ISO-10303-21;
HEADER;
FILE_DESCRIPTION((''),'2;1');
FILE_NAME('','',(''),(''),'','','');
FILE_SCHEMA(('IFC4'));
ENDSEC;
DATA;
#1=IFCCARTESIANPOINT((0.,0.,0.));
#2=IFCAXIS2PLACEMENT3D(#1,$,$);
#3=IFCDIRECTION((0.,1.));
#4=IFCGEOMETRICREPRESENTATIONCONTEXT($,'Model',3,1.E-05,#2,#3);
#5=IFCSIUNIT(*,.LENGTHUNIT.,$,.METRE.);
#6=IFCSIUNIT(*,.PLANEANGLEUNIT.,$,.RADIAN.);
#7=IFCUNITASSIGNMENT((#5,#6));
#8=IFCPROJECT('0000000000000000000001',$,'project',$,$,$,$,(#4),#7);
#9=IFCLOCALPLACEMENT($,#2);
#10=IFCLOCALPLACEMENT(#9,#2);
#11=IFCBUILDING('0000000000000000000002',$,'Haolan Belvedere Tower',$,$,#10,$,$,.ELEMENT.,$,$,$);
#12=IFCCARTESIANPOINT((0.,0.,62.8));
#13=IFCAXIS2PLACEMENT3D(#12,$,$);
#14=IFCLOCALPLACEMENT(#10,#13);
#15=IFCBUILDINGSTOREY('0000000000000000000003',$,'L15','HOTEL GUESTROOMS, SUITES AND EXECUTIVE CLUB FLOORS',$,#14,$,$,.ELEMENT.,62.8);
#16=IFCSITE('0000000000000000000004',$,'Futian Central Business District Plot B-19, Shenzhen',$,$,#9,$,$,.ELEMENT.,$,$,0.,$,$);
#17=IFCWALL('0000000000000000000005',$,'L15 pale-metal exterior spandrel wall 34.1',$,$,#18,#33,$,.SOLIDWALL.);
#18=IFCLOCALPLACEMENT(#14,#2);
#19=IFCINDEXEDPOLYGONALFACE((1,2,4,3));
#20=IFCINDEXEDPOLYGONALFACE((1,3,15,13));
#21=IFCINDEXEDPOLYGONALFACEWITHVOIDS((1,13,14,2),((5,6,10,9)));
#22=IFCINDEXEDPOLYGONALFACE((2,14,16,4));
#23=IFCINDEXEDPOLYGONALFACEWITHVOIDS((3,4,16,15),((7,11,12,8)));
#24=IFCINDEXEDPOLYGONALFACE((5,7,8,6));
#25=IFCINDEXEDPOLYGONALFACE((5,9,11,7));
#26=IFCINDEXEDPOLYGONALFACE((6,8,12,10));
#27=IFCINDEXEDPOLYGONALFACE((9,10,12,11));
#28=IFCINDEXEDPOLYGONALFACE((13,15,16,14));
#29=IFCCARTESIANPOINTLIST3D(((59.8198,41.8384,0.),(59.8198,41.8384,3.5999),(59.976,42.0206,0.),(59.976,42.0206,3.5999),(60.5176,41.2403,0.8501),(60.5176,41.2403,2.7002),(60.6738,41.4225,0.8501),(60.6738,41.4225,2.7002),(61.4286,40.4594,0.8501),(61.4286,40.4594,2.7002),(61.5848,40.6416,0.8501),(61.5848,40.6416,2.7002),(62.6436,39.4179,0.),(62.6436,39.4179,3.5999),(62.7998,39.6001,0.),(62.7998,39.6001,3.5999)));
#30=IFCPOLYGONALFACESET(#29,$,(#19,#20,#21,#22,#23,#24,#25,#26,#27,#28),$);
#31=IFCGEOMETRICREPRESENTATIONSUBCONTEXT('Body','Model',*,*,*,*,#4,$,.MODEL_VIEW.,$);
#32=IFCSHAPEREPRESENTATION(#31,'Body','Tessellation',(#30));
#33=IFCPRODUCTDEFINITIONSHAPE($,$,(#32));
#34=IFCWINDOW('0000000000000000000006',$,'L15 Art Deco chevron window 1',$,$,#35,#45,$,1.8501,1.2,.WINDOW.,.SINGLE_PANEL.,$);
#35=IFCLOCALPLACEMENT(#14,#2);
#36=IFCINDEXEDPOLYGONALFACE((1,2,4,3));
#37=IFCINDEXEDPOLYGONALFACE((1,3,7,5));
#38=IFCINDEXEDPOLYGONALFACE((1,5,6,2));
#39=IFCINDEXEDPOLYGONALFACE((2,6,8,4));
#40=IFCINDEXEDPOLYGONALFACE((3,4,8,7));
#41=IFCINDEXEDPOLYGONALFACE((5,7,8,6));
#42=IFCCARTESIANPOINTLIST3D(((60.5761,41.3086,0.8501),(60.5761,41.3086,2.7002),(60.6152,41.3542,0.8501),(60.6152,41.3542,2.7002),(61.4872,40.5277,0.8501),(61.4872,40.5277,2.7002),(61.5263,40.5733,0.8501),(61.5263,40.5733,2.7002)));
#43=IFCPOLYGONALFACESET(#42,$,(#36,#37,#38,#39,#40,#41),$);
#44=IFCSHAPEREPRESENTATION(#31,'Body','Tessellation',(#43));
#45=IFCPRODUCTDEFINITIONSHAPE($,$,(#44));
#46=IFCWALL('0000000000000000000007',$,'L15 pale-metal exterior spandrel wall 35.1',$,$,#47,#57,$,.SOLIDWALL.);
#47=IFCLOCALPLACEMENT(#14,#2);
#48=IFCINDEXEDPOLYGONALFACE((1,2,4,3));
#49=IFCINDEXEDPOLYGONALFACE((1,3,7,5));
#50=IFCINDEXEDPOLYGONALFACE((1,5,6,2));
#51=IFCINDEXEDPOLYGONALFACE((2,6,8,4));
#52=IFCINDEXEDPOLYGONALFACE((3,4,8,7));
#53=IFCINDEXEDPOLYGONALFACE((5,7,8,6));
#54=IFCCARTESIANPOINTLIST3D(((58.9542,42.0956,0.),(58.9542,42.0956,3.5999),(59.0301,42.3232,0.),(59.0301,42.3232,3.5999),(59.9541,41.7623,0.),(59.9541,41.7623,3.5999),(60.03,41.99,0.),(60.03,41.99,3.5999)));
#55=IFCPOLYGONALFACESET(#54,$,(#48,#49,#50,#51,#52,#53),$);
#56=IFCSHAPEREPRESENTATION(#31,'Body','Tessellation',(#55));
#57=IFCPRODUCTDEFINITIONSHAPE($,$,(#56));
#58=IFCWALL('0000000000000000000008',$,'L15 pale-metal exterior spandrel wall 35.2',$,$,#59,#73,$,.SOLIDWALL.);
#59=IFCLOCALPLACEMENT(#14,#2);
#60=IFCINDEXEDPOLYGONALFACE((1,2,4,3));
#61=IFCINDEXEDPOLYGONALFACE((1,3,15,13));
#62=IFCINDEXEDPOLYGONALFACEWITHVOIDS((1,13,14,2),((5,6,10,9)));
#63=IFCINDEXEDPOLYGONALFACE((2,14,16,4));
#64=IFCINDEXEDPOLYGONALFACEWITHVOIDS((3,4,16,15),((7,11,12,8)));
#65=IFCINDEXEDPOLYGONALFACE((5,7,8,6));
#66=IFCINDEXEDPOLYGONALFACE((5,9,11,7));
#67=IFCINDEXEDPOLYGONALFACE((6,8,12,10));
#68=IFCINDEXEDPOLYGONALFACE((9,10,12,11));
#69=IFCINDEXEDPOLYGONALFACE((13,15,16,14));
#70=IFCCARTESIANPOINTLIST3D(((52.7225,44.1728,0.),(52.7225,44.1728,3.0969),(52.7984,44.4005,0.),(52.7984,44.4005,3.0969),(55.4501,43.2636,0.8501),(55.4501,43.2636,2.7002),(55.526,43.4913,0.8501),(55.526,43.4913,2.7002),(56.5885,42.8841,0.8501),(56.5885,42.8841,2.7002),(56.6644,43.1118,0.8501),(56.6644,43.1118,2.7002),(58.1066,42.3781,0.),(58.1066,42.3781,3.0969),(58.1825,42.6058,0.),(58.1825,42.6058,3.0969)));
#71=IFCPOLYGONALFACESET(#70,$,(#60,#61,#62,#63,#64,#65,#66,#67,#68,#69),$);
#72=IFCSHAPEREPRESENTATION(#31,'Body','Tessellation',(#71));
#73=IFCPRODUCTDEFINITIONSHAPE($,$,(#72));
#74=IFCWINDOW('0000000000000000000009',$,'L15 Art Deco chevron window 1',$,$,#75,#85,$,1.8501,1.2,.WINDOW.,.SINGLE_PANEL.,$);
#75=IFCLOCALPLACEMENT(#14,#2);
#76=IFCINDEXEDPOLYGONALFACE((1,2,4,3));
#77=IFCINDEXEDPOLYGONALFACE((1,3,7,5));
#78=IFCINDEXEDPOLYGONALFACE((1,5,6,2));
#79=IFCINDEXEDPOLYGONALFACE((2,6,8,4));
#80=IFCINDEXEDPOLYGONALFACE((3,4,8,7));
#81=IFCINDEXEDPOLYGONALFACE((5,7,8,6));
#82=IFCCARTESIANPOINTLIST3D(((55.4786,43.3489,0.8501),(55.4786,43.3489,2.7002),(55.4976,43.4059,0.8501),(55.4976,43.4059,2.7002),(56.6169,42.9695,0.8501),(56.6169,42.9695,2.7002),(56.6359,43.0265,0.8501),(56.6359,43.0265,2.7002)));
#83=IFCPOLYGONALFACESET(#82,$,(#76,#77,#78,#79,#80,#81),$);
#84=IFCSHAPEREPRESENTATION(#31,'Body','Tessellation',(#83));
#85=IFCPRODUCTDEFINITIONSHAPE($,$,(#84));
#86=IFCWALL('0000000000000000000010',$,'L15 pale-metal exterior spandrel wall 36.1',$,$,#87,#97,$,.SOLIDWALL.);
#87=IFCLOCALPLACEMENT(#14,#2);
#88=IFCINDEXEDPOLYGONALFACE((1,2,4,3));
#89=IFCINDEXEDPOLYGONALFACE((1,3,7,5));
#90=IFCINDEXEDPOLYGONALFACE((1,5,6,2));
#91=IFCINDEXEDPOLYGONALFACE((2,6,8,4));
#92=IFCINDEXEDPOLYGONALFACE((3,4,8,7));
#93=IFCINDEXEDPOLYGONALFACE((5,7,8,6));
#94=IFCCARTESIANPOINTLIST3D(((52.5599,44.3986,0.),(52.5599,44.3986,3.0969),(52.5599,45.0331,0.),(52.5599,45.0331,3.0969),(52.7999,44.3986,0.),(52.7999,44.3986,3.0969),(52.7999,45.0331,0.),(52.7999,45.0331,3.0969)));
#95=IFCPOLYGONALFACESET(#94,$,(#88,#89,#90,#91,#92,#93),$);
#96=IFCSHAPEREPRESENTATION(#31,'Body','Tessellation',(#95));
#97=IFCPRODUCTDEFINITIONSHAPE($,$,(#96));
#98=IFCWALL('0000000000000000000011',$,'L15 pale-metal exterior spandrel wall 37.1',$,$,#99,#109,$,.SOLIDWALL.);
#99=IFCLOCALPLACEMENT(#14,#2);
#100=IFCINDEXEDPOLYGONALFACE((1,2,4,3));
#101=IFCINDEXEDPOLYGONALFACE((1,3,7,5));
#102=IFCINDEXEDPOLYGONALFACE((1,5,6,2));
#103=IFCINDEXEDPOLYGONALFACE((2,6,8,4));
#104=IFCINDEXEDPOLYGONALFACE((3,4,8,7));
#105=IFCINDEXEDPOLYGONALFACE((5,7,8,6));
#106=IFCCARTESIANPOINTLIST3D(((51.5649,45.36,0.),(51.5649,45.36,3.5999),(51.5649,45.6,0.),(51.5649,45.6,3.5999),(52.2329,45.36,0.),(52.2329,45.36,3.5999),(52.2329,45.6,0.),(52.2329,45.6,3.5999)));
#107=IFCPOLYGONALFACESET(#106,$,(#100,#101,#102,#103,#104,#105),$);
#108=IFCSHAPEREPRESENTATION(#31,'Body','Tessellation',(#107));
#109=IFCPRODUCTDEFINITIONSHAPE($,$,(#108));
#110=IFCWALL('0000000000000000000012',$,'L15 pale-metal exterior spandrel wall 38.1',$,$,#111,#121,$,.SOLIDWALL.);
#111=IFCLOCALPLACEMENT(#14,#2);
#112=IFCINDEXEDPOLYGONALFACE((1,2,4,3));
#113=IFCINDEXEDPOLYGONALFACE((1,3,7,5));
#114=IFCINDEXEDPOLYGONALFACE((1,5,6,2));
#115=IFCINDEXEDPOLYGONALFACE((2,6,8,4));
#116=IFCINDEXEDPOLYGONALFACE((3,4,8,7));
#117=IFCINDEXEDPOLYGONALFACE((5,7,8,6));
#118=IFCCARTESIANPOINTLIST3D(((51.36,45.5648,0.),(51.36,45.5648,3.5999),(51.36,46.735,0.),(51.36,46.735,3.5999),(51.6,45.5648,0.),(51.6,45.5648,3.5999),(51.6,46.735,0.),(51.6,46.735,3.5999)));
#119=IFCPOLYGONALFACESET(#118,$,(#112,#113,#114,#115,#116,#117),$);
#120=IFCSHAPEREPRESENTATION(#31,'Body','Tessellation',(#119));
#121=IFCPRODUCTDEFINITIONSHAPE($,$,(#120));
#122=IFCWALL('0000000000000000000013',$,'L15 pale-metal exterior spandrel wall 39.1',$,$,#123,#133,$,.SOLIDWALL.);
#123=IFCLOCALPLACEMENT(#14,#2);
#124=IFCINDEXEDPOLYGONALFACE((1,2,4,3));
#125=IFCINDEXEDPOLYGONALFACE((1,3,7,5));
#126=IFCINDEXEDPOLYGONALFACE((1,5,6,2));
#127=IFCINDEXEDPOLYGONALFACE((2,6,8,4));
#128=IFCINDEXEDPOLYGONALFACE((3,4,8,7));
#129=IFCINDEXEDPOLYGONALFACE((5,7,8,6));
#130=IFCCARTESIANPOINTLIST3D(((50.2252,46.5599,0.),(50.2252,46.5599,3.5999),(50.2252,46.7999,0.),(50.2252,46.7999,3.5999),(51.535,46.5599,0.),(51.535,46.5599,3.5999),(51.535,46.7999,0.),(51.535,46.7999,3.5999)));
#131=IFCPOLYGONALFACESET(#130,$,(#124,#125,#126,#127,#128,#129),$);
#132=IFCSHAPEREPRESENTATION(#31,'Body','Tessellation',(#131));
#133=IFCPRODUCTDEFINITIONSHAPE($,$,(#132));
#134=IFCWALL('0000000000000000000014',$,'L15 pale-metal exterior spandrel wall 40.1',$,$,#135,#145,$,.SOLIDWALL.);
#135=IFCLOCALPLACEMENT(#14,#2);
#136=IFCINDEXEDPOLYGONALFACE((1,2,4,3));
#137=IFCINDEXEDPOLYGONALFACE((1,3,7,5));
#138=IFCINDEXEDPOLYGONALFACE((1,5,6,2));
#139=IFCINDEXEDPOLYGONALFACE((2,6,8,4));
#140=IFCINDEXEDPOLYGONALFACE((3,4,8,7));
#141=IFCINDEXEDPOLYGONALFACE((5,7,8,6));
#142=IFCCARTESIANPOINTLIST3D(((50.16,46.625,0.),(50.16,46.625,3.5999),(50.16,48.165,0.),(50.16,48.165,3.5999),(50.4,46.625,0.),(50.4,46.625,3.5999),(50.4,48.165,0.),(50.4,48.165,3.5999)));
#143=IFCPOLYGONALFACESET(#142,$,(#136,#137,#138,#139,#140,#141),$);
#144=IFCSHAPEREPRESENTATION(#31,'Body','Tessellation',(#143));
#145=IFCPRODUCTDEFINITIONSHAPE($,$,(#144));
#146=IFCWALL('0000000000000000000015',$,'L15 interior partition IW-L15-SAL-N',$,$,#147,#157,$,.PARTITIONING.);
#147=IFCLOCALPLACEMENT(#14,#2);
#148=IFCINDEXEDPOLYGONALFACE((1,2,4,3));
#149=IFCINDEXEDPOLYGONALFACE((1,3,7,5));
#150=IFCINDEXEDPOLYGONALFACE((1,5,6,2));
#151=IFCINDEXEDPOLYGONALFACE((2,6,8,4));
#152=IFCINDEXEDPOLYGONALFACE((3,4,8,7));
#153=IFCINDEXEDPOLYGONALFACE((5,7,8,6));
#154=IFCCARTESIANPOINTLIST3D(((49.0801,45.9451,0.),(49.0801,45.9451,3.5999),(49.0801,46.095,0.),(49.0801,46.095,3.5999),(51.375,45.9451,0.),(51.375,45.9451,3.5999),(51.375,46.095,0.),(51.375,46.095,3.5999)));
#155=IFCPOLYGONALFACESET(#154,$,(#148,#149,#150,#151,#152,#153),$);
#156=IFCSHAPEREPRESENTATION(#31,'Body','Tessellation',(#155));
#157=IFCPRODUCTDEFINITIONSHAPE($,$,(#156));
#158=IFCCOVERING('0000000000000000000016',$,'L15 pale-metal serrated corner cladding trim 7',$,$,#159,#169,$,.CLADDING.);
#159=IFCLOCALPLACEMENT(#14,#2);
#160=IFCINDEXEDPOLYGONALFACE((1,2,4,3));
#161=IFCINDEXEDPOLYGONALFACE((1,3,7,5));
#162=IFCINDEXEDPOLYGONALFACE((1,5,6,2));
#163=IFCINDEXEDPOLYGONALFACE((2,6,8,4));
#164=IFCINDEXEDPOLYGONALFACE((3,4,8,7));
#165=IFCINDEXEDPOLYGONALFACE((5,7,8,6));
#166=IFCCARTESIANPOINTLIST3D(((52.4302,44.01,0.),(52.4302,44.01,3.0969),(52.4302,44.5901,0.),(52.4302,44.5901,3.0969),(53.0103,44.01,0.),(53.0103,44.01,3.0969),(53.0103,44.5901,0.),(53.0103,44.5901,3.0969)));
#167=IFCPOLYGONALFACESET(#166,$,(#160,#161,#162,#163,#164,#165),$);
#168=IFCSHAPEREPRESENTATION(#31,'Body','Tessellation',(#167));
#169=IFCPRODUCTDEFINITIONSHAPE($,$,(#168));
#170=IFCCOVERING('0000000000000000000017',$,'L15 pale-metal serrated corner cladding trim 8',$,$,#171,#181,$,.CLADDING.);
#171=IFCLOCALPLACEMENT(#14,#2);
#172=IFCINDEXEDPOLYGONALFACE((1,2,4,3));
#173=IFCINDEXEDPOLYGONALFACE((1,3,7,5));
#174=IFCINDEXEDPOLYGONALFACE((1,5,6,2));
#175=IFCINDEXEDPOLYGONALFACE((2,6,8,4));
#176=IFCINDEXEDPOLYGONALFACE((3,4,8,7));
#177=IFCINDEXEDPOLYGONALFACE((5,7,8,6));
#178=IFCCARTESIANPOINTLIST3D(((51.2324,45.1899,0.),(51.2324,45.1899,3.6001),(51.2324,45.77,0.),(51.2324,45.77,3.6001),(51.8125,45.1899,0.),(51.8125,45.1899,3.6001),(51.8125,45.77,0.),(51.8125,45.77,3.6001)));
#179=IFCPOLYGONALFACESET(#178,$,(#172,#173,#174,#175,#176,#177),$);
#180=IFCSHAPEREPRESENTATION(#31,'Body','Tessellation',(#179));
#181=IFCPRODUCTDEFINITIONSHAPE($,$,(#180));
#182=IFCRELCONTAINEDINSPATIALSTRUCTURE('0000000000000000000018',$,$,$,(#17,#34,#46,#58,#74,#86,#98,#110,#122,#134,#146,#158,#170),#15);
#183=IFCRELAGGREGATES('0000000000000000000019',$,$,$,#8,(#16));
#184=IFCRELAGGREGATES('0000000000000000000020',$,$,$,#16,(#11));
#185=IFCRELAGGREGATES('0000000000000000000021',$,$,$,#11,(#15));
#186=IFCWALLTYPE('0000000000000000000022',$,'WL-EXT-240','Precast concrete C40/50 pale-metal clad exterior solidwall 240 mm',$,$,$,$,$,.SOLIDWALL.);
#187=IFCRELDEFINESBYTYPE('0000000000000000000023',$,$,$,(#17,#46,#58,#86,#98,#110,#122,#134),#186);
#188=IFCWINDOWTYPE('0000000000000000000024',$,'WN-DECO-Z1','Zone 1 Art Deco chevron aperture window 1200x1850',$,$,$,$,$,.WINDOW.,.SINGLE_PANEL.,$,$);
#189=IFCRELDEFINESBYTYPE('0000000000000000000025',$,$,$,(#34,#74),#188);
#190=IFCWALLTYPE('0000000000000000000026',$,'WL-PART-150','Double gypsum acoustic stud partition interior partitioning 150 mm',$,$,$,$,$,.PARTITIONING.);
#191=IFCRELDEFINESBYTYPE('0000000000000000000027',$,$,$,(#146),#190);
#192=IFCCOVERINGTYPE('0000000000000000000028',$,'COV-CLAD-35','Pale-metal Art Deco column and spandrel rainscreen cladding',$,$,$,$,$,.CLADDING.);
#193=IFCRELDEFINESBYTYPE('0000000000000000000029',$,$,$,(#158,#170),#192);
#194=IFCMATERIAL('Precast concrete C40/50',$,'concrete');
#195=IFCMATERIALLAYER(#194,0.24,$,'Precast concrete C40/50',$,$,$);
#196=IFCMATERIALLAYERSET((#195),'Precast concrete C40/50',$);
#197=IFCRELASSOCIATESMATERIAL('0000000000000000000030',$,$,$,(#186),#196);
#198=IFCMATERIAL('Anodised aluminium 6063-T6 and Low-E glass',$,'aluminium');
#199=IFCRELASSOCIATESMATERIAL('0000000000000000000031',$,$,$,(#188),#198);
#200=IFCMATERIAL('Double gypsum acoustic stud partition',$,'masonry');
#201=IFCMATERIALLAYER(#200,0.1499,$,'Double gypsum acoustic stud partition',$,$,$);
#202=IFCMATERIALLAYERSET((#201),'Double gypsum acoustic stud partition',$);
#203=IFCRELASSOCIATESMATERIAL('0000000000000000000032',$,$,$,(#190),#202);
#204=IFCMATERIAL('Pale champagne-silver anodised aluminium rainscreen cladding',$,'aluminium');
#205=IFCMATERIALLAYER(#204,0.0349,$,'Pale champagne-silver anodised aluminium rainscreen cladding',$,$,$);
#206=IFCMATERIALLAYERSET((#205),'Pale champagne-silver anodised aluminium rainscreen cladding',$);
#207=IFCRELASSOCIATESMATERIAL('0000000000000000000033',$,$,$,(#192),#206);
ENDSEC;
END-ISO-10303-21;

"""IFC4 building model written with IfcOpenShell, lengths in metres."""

from ifc_helpers import new_model, si_unit, direction, frame, frame_2d, origin, origin_2d, place, context, subcontext, project, spatial, rectangle, extrude, material, layer, layer_set, type_object, element, fill, save


model = new_model("IFC4")

# Units and contexts
model_context = context("Model", 3, precision=1e-05, world=origin(), true_north=direction((0.0, 1.0)))
body_context = subcontext(model_context, "Body", "Model", "MODEL_VIEW")
ifc_project = project(units=[si_unit("LENGTHUNIT", "METRE"), si_unit("PLANEANGLEUNIT", "RADIAN")], contexts=[model_context])

# Site, building, storey
site_placement = place(None, origin())
site = spatial("IfcSite", under=ifc_project, at=site_placement, Name="Futian Central Business District Plot B-19, Shenzhen", CompositionType="ELEMENT", RefElevation=0.0)
building_placement = place(site_placement, origin())
building = spatial("IfcBuilding", under=site, at=building_placement, Name="Haolan Belvedere Tower", CompositionType="ELEMENT")
storey_placement = place(building_placement, frame((0.0, 0.0, 62.8)))
storey = spatial("IfcBuildingStorey", under=building, at=storey_placement, Name="L15", Description="HOTEL GUESTROOMS, SUITES AND EXECUTIVE CLUB FLOORS", CompositionType="ELEMENT", Elevation=62.8)

# Shared definitions
ifc_material_1 = material(Name="Precast concrete C40/50", Category="concrete")
ifc_layer_1 = layer(ifc_material_1, 0.24, Name="Precast concrete C40/50")
ifc_layer_set_1 = layer_set([ifc_layer_1], Name="Precast concrete C40/50")
wall_type_1 = type_object("IfcWallType", Name="WL-EXT-240", Description="Precast concrete C40/50 pale-metal clad exterior solidwall 240 mm", PredefinedType="SOLIDWALL", material=ifc_layer_set_1)

# Wall, opening, window
wall_1_placement = place(storey_placement, frame((62.7217, 39.509, 0.0), z_axis=(0.0, 0.0, 1.0), x_axis=(-0.759247, 0.650802, 0.0)))
wall_1 = element("IfcWall", 1, at=wall_1_placement, inside=storey, type_object=wall_type_1, Name="L15 pale-metal exterior spandrel wall 34.1", PredefinedType="SOLIDWALL", context=body_context, shape_type="SweptSolid", body=[
    extrude(rectangle(XDim=3.7192, YDim=0.24, at=frame_2d((1.8596, 0.0))), origin(), (0.0, 0.0, 1.0), 3.5999),
])
opening_1_placement = place(wall_1_placement, frame((1.6001, 0.0, 0.8501)))
opening_1 = element("IfcOpeningElement", 2, at=opening_1_placement, cuts=wall_1, PredefinedType="OPENING", context=body_context, shape_type="SweptSolid", body=[
    extrude(rectangle(XDim=1.2, YDim=1.8501, at=frame_2d((0.6001, 0.925))), frame((0.0, 0.1299, 0.0), z_axis=(0.0, -1.0, 0.0), x_axis=(1.0, 0.0, 0.0)), (0.0, 0.0, 1.0), 0.26),
])
ifc_material_2 = material(Name="Anodised aluminium 6063-T6 and Low-E glass", Category="aluminium")
window_type = type_object("IfcWindowType", Name="WN-DECO-Z1", Description="Zone 1 Art Deco chevron aperture window 1200x1850", PartitioningType="SINGLE_PANEL", PredefinedType="WINDOW", material=ifc_material_2)
window_1_placement = place(opening_1_placement, origin())
window_1 = element("IfcWindow", 3, at=window_1_placement, inside=storey, type_object=window_type, Name="L15 Art Deco chevron window 1", OverallHeight=1.8501, OverallWidth=1.2, PartitioningType="SINGLE_PANEL", PredefinedType="WINDOW", context=body_context, shape_type="SweptSolid", body=[
    extrude(rectangle(XDim=1.2, YDim=1.8501, at=frame_2d((0.6001, 0.925))), frame((0.0, 0.03, 0.0), z_axis=(0.0, -1.0, 0.0), x_axis=(1.0, 0.0, 0.0)), (0.0, 0.0, 1.0), 0.0601),
])
fill(opening_1, window_1)

# Wall
wall_2_placement = place(storey_placement, frame((59.9919, 41.8762, 0.0), z_axis=(0.0, 0.0, 1.0), x_axis=(-0.948706, 0.316158, 0.0)))
element("IfcWall", 4, at=wall_2_placement, inside=storey, type_object=wall_type_1, Name="L15 pale-metal exterior spandrel wall 35.1", PredefinedType="SOLIDWALL", context=body_context, shape_type="SweptSolid", body=[
    extrude(rectangle(XDim=1.054, YDim=0.24, at=frame_2d((0.5269, 0.0))), origin(), (0.0, 0.0, 1.0), 3.5999),
])

# Wall, opening, window
wall_3_placement = place(storey_placement, frame((58.1445, 42.4919, 0.0), z_axis=(0.0, 0.0, 1.0), x_axis=(-0.948683, 0.316228, 0.0)))
wall_3 = element("IfcWall", 5, at=wall_3_placement, inside=storey, type_object=wall_type_1, Name="L15 pale-metal exterior spandrel wall 35.2", PredefinedType="SOLIDWALL", context=body_context, shape_type="SweptSolid", body=[
    extrude(rectangle(XDim=5.6753, YDim=0.24, at=frame_2d((2.8376, 0.0))), origin(), (0.0, 0.0, 1.0), 3.0969),
])
opening_2_placement = place(wall_3_placement, frame((1.6001, 0.0, 0.8501)))
opening_2 = element("IfcOpeningElement", 6, at=opening_2_placement, cuts=wall_3, PredefinedType="OPENING", context=body_context, shape_type="SweptSolid", body=[
    extrude(rectangle(XDim=1.2, YDim=1.8501, at=frame_2d((0.6001, 0.925))), frame((0.0, 0.1299, 0.0), z_axis=(0.0, -1.0, 0.0), x_axis=(1.0, 0.0, 0.0)), (0.0, 0.0, 1.0), 0.26),
])
window_2_placement = place(opening_2_placement, origin())
window_2 = element("IfcWindow", 7, at=window_2_placement, inside=storey, type_object=window_type, Name="L15 Art Deco chevron window 1", OverallHeight=1.8501, OverallWidth=1.2, PartitioningType="SINGLE_PANEL", PredefinedType="WINDOW", context=body_context, shape_type="SweptSolid", body=[
    extrude(rectangle(XDim=1.2, YDim=1.8501, at=frame_2d((0.6001, 0.925))), frame((0.0, 0.03, 0.0), z_axis=(0.0, -1.0, 0.0), x_axis=(1.0, 0.0, 0.0)), (0.0, 0.0, 1.0), 0.0601),
])
fill(opening_2, window_2)

# Walls
wall_4_placement = place(storey_placement, frame((52.6799, 44.3984, 0.0), z_axis=(0.0, 0.0, 1.0), x_axis=(0.0, 1.0, 0.0)))
element("IfcWall", 8, at=wall_4_placement, inside=storey, type_object=wall_type_1, Name="L15 pale-metal exterior spandrel wall 36.1", PredefinedType="SOLIDWALL", context=body_context, shape_type="SweptSolid", body=[
    extrude(rectangle(XDim=0.6345, YDim=0.24, at=frame_2d((0.3174, 0.0))), origin(), (0.0, 0.0, 1.0), 3.0969),
])
wall_5_placement = place(storey_placement, frame((52.2329, 45.48, 0.0), z_axis=(0.0, 0.0, 1.0), x_axis=(-1.0, 0.0, 0.0)))
element("IfcWall", 9, at=wall_5_placement, inside=storey, type_object=wall_type_1, Name="L15 pale-metal exterior spandrel wall 37.1", PredefinedType="SOLIDWALL", context=body_context, shape_type="SweptSolid", body=[
    extrude(rectangle(XDim=0.668, YDim=0.24, at=frame_2d((0.334, 0.0))), origin(), (0.0, 0.0, 1.0), 3.5999),
])
wall_6_placement = place(storey_placement, frame((51.48, 45.5649, 0.0), z_axis=(0.0, 0.0, 1.0), x_axis=(0.0, 1.0, 0.0)))
element("IfcWall", 10, at=wall_6_placement, inside=storey, type_object=wall_type_1, Name="L15 pale-metal exterior spandrel wall 38.1", PredefinedType="SOLIDWALL", context=body_context, shape_type="SweptSolid", body=[
    extrude(rectangle(XDim=1.1702, YDim=0.24, at=frame_2d((0.585, 0.0))), origin(), (0.0, 0.0, 1.0), 3.5999),
])
wall_7_placement = place(storey_placement, frame((51.5349, 46.6799, 0.0), z_axis=(0.0, 0.0, 1.0), x_axis=(-1.0, 0.0, 0.0)))
element("IfcWall", 11, at=wall_7_placement, inside=storey, type_object=wall_type_1, Name="L15 pale-metal exterior spandrel wall 39.1", PredefinedType="SOLIDWALL", context=body_context, shape_type="SweptSolid", body=[
    extrude(rectangle(XDim=1.3098, YDim=0.24, at=frame_2d((0.6548, 0.0))), origin(), (0.0, 0.0, 1.0), 3.5999),
])
wall_8_placement = place(storey_placement, frame((50.28, 46.625, 0.0), z_axis=(0.0, 0.0, 1.0), x_axis=(0.0, 1.0, 0.0)))
element("IfcWall", 12, at=wall_8_placement, inside=storey, type_object=wall_type_1, Name="L15 pale-metal exterior spandrel wall 40.1", PredefinedType="SOLIDWALL", context=body_context, shape_type="SweptSolid", body=[
    extrude(rectangle(XDim=1.54, YDim=0.24, at=frame_2d((0.77, 0.0))), origin(), (0.0, 0.0, 1.0), 3.5999),
])
ifc_material_3 = material(Name="Double gypsum acoustic stud partition", Category="masonry")
ifc_layer_2 = layer(ifc_material_3, 0.1499, Name="Double gypsum acoustic stud partition")
ifc_layer_set_2 = layer_set([ifc_layer_2], Name="Double gypsum acoustic stud partition")
wall_type_2 = type_object("IfcWallType", Name="WL-PART-150", Description="Double gypsum acoustic stud partition interior partitioning 150 mm", PredefinedType="PARTITIONING", material=ifc_layer_set_2)
wall_9_placement = place(storey_placement, frame((49.0801, 46.02, 0.0), z_axis=(0.0, 0.0, 1.0), x_axis=(1.0, 0.0, 0.0)))
element("IfcWall", 13, at=wall_9_placement, inside=storey, type_object=wall_type_2, Name="L15 interior partition IW-L15-SAL-N", PredefinedType="PARTITIONING", context=body_context, shape_type="SweptSolid", body=[
    extrude(rectangle(XDim=2.2949, YDim=0.1499, at=frame_2d((1.1475, 0.0))), origin(), (0.0, 0.0, 1.0), 3.5999),
])

# Coverings
ifc_material_4 = material(Name="Pale champagne-silver anodised aluminium rainscreen cladding", Category="aluminium")
ifc_layer_3 = layer(ifc_material_4, 0.0349, Name="Pale champagne-silver anodised aluminium rainscreen cladding")
ifc_layer_set_3 = layer_set([ifc_layer_3], Name="Pale champagne-silver anodised aluminium rainscreen cladding")
covering_type = type_object("IfcCoveringType", Name="COV-CLAD-35", Description="Pale-metal Art Deco column and spandrel rainscreen cladding", PredefinedType="CLADDING", material=ifc_layer_set_3)
covering_1_placement = place(storey_placement, frame((52.7202, 44.3, 0.0), z_axis=(0.0, 0.0, 1.0), x_axis=(1.0, 0.0, 0.0)))
element("IfcCovering", 14, at=covering_1_placement, inside=storey, type_object=covering_type, Name="L15 pale-metal serrated corner cladding trim 7", PredefinedType="CLADDING", context=body_context, shape_type="SweptSolid", body=[
    extrude(rectangle(XDim=0.5801, YDim=0.5801, at=origin_2d()), origin(), (0.0, 0.0, 1.0), 3.0969),
])
covering_2_placement = place(storey_placement, frame((51.5225, 45.48, 0.0), z_axis=(0.0, 0.0, 1.0), x_axis=(1.0, 0.0, 0.0)))
element("IfcCovering", 15, at=covering_2_placement, inside=storey, type_object=covering_type, Name="L15 pale-metal serrated corner cladding trim 8", PredefinedType="CLADDING", context=body_context, shape_type="SweptSolid", body=[
    extrude(rectangle(XDim=0.5801, YDim=0.5801, at=origin_2d()), origin(), (0.0, 0.0, 1.0), 3.6001),
])

save(model, "model.ifc")
